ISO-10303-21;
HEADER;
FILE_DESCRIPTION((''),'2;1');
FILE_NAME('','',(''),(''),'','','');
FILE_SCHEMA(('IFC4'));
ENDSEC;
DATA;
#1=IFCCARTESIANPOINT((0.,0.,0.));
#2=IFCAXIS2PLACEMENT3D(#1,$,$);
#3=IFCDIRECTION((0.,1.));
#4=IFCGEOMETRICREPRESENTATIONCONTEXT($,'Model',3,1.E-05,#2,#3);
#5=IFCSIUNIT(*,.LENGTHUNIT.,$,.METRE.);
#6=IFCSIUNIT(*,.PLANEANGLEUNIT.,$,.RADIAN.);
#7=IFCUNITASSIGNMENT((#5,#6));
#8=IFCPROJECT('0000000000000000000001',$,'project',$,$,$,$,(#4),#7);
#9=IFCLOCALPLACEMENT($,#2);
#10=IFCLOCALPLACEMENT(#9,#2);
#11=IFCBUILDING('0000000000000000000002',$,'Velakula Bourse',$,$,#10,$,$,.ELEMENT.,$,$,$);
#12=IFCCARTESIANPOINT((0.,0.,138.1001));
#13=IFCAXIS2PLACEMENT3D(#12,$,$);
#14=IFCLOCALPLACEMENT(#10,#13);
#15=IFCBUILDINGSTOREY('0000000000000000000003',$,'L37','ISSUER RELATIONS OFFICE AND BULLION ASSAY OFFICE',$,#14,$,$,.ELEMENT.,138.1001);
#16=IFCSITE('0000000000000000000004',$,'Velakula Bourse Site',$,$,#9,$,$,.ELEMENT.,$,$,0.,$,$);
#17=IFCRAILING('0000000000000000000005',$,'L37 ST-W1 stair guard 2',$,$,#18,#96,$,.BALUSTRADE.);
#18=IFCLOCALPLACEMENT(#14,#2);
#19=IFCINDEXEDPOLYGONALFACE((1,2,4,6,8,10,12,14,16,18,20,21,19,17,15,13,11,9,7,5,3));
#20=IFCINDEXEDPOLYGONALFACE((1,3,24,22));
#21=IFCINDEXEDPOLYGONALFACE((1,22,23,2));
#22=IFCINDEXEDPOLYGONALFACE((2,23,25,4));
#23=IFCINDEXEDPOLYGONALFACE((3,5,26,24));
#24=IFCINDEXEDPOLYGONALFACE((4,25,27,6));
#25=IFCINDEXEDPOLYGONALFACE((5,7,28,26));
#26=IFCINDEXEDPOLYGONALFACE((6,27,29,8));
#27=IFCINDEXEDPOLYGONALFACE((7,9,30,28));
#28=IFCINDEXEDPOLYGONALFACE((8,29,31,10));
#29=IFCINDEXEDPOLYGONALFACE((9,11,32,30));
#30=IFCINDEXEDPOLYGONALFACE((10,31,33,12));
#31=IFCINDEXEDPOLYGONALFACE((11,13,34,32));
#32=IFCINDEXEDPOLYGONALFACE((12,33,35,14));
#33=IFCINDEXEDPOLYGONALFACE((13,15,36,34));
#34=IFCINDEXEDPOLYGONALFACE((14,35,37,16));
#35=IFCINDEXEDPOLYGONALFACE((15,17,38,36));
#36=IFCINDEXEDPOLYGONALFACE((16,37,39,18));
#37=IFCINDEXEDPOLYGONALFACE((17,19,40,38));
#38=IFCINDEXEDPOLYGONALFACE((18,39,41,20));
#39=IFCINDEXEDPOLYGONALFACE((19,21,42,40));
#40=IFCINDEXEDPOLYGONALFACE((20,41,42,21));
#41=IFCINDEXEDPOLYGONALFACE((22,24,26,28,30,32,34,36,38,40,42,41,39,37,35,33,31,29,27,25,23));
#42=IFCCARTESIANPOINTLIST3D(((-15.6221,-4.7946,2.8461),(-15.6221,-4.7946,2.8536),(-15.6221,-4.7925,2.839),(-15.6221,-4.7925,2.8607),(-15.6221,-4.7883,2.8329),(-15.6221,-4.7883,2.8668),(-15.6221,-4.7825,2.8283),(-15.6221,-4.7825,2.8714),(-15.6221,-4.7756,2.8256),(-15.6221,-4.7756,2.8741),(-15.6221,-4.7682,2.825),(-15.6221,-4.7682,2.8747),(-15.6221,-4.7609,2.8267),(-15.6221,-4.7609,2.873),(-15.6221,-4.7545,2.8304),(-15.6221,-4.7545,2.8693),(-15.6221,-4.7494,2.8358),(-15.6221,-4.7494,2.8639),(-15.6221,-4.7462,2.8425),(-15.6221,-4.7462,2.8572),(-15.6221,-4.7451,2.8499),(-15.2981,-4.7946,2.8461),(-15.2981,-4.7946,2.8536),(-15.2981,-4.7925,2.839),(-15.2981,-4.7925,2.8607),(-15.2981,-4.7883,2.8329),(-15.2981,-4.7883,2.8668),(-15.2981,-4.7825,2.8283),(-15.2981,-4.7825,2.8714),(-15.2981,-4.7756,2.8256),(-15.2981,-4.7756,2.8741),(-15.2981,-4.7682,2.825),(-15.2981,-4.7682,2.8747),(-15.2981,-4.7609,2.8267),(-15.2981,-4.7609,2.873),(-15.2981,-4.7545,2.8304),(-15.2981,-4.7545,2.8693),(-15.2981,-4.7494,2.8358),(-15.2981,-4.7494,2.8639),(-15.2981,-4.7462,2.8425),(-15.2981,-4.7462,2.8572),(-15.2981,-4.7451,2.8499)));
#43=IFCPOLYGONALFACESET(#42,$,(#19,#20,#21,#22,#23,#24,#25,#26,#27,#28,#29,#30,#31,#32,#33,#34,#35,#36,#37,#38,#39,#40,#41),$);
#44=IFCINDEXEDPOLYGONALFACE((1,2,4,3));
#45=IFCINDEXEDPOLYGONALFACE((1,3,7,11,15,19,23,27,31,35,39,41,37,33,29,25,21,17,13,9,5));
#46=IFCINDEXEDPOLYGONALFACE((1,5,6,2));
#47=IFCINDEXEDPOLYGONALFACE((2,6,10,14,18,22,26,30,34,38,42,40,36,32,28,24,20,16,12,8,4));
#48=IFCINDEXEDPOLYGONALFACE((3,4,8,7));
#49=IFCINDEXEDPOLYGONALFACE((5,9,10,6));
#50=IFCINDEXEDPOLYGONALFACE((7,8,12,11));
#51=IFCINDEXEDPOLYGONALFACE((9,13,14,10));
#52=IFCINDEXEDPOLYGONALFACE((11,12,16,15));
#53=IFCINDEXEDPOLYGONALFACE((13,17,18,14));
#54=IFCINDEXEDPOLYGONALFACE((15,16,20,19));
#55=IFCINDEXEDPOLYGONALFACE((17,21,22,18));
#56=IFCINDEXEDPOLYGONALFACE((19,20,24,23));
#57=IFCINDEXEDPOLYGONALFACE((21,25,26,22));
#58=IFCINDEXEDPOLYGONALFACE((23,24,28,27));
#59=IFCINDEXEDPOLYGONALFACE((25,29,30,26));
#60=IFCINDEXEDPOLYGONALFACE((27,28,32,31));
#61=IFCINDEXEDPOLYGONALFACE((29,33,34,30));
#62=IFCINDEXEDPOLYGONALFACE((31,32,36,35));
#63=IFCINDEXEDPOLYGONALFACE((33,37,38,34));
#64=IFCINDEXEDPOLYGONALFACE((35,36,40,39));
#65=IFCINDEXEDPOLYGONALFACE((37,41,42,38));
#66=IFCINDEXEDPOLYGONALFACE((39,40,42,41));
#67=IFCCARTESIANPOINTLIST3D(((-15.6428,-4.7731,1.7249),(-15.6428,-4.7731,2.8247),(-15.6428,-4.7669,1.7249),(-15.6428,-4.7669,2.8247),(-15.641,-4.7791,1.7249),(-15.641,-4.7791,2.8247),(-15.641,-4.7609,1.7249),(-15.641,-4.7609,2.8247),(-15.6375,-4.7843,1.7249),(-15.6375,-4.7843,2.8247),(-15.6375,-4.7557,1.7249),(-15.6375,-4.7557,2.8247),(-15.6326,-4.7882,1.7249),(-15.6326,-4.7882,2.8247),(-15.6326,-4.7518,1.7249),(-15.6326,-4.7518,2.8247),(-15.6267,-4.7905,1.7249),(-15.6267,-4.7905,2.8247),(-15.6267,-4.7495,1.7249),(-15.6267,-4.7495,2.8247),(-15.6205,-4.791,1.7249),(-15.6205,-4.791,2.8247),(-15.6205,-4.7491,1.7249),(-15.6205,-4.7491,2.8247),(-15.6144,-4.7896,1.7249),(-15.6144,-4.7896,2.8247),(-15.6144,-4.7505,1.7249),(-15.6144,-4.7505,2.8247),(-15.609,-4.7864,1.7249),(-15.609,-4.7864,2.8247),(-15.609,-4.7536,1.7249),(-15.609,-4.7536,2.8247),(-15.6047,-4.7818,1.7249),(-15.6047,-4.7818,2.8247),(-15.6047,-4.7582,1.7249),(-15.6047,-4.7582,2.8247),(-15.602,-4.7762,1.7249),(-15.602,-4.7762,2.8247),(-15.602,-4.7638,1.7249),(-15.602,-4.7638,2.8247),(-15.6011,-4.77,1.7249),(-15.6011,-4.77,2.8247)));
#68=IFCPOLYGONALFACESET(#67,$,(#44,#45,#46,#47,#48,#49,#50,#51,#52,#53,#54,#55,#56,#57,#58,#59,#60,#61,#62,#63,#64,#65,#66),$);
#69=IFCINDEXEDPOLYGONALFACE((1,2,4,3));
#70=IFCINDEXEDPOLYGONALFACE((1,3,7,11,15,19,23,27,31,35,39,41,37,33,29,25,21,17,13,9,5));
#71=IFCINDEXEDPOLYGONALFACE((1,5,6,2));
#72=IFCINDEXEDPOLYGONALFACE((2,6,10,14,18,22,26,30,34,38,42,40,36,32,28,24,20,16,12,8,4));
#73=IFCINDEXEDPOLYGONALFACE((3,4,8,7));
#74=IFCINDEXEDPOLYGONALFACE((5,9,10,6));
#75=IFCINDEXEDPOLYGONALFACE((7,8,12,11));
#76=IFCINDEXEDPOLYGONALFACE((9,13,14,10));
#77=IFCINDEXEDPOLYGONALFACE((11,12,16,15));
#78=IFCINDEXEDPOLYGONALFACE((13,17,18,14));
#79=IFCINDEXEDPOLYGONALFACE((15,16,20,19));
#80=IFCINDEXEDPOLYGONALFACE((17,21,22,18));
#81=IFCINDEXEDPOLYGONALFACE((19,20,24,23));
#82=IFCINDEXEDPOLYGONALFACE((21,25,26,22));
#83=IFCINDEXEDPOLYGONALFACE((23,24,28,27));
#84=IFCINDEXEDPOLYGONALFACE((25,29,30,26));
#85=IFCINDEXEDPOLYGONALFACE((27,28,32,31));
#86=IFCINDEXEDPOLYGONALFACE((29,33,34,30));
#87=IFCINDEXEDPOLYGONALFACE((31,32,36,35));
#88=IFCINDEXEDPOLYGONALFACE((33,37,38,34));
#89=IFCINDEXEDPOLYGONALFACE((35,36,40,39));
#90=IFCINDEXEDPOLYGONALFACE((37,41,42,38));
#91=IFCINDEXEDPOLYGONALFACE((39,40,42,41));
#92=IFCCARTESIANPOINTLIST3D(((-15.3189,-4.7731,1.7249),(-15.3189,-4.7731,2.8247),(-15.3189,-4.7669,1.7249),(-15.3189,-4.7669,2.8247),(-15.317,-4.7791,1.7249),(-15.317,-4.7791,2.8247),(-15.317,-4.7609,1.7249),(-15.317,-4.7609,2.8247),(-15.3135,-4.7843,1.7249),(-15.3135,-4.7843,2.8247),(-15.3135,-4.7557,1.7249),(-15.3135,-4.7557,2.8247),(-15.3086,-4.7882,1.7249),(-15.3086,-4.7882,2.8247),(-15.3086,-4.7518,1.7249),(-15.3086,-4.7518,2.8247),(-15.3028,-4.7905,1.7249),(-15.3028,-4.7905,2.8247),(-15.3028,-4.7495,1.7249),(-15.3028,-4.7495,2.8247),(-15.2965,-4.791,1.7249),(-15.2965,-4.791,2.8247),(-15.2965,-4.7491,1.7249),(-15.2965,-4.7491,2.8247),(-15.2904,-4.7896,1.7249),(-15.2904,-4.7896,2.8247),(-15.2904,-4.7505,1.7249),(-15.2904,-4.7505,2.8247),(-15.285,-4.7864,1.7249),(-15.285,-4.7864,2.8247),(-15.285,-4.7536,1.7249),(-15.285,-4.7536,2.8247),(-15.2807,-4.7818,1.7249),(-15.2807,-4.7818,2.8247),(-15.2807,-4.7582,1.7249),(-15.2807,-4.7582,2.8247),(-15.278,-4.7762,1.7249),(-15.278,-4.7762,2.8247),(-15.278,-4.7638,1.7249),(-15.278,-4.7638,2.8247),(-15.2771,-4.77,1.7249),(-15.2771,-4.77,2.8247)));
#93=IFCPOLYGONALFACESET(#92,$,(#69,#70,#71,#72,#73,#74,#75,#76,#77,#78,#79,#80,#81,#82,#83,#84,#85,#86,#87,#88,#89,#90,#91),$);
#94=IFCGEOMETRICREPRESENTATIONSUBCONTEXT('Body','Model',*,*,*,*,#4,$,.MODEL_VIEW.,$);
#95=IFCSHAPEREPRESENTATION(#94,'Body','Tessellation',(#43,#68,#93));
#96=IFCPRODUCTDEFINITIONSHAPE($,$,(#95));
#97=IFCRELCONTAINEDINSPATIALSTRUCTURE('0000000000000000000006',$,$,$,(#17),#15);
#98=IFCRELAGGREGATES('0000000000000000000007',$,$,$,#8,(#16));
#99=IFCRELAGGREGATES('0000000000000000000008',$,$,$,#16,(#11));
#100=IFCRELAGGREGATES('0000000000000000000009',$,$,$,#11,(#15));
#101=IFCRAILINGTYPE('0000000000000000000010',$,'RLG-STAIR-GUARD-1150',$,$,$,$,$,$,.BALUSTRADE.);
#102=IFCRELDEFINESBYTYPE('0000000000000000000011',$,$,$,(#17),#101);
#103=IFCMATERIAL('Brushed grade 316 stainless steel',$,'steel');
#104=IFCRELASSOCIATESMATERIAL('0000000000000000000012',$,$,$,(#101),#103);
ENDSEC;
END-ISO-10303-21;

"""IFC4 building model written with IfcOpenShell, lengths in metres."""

from ifc_helpers import new_model, si_unit, direction, frame, origin, origin_2d, place, context, subcontext, project, spatial, circle, extrude, material, type_object, element, save


model = new_model("IFC4")

# Units and contexts
model_context = context("Model", 3, precision=1e-05, world=origin(), true_north=direction((0.0, 1.0)))
body_context = subcontext(model_context, "Body", "Model", "MODEL_VIEW")
ifc_project = project(units=[si_unit("LENGTHUNIT", "METRE"), si_unit("PLANEANGLEUNIT", "RADIAN")], contexts=[model_context])

# Site, building, storey
site_placement = place(None, origin())
site = spatial("IfcSite", under=ifc_project, at=site_placement, Name="Velakula Bourse Site", CompositionType="ELEMENT", RefElevation=0.0)
building_placement = place(site_placement, origin())
building = spatial("IfcBuilding", under=site, at=building_placement, Name="Velakula Bourse", CompositionType="ELEMENT")
storey_placement = place(building_placement, frame((0.0, 0.0, 138.1001)))
storey = spatial("IfcBuildingStorey", under=building, at=storey_placement, Name="L37", Description="ISSUER RELATIONS OFFICE AND BULLION ASSAY OFFICE", CompositionType="ELEMENT", Elevation=138.1001)

# Shared definitions
ifc_material_1 = material(Name="Brushed grade 316 stainless steel", Category="steel")

# Railing
railing_type_1 = type_object("IfcRailingType", Name="RLG-STAIR-GUARD-1150", PredefinedType="BALUSTRADE", material=ifc_material_1)
railing_1_placement = place(storey_placement, frame((-15.6221, -4.77, 1.7249)))
element("IfcRailing", 1, at=railing_1_placement, inside=storey, type_object=railing_type_1, Name="L37 ST-W1 stair guard 2", PredefinedType="BALUSTRADE", context=body_context, shape_type="SweptSolid", body=[
    extrude(circle(Radius=0.0249, at=origin_2d()), frame((0.0, 0.0, 1.125), z_axis=(1.0, 0.0, 0.0), x_axis=(0.0, 1.0, 0.0)), (0.0, 0.0, 1.0), 0.324),
    extrude(circle(Radius=0.021, at=origin_2d()), origin(), (0.0, 0.0, 1.0), 1.0999),
    extrude(circle(Radius=0.021, at=origin_2d()), frame((0.324, 0.0, 0.0)), (0.0, 0.0, 1.0), 1.0999),
])

save(model, "model.ifc")
